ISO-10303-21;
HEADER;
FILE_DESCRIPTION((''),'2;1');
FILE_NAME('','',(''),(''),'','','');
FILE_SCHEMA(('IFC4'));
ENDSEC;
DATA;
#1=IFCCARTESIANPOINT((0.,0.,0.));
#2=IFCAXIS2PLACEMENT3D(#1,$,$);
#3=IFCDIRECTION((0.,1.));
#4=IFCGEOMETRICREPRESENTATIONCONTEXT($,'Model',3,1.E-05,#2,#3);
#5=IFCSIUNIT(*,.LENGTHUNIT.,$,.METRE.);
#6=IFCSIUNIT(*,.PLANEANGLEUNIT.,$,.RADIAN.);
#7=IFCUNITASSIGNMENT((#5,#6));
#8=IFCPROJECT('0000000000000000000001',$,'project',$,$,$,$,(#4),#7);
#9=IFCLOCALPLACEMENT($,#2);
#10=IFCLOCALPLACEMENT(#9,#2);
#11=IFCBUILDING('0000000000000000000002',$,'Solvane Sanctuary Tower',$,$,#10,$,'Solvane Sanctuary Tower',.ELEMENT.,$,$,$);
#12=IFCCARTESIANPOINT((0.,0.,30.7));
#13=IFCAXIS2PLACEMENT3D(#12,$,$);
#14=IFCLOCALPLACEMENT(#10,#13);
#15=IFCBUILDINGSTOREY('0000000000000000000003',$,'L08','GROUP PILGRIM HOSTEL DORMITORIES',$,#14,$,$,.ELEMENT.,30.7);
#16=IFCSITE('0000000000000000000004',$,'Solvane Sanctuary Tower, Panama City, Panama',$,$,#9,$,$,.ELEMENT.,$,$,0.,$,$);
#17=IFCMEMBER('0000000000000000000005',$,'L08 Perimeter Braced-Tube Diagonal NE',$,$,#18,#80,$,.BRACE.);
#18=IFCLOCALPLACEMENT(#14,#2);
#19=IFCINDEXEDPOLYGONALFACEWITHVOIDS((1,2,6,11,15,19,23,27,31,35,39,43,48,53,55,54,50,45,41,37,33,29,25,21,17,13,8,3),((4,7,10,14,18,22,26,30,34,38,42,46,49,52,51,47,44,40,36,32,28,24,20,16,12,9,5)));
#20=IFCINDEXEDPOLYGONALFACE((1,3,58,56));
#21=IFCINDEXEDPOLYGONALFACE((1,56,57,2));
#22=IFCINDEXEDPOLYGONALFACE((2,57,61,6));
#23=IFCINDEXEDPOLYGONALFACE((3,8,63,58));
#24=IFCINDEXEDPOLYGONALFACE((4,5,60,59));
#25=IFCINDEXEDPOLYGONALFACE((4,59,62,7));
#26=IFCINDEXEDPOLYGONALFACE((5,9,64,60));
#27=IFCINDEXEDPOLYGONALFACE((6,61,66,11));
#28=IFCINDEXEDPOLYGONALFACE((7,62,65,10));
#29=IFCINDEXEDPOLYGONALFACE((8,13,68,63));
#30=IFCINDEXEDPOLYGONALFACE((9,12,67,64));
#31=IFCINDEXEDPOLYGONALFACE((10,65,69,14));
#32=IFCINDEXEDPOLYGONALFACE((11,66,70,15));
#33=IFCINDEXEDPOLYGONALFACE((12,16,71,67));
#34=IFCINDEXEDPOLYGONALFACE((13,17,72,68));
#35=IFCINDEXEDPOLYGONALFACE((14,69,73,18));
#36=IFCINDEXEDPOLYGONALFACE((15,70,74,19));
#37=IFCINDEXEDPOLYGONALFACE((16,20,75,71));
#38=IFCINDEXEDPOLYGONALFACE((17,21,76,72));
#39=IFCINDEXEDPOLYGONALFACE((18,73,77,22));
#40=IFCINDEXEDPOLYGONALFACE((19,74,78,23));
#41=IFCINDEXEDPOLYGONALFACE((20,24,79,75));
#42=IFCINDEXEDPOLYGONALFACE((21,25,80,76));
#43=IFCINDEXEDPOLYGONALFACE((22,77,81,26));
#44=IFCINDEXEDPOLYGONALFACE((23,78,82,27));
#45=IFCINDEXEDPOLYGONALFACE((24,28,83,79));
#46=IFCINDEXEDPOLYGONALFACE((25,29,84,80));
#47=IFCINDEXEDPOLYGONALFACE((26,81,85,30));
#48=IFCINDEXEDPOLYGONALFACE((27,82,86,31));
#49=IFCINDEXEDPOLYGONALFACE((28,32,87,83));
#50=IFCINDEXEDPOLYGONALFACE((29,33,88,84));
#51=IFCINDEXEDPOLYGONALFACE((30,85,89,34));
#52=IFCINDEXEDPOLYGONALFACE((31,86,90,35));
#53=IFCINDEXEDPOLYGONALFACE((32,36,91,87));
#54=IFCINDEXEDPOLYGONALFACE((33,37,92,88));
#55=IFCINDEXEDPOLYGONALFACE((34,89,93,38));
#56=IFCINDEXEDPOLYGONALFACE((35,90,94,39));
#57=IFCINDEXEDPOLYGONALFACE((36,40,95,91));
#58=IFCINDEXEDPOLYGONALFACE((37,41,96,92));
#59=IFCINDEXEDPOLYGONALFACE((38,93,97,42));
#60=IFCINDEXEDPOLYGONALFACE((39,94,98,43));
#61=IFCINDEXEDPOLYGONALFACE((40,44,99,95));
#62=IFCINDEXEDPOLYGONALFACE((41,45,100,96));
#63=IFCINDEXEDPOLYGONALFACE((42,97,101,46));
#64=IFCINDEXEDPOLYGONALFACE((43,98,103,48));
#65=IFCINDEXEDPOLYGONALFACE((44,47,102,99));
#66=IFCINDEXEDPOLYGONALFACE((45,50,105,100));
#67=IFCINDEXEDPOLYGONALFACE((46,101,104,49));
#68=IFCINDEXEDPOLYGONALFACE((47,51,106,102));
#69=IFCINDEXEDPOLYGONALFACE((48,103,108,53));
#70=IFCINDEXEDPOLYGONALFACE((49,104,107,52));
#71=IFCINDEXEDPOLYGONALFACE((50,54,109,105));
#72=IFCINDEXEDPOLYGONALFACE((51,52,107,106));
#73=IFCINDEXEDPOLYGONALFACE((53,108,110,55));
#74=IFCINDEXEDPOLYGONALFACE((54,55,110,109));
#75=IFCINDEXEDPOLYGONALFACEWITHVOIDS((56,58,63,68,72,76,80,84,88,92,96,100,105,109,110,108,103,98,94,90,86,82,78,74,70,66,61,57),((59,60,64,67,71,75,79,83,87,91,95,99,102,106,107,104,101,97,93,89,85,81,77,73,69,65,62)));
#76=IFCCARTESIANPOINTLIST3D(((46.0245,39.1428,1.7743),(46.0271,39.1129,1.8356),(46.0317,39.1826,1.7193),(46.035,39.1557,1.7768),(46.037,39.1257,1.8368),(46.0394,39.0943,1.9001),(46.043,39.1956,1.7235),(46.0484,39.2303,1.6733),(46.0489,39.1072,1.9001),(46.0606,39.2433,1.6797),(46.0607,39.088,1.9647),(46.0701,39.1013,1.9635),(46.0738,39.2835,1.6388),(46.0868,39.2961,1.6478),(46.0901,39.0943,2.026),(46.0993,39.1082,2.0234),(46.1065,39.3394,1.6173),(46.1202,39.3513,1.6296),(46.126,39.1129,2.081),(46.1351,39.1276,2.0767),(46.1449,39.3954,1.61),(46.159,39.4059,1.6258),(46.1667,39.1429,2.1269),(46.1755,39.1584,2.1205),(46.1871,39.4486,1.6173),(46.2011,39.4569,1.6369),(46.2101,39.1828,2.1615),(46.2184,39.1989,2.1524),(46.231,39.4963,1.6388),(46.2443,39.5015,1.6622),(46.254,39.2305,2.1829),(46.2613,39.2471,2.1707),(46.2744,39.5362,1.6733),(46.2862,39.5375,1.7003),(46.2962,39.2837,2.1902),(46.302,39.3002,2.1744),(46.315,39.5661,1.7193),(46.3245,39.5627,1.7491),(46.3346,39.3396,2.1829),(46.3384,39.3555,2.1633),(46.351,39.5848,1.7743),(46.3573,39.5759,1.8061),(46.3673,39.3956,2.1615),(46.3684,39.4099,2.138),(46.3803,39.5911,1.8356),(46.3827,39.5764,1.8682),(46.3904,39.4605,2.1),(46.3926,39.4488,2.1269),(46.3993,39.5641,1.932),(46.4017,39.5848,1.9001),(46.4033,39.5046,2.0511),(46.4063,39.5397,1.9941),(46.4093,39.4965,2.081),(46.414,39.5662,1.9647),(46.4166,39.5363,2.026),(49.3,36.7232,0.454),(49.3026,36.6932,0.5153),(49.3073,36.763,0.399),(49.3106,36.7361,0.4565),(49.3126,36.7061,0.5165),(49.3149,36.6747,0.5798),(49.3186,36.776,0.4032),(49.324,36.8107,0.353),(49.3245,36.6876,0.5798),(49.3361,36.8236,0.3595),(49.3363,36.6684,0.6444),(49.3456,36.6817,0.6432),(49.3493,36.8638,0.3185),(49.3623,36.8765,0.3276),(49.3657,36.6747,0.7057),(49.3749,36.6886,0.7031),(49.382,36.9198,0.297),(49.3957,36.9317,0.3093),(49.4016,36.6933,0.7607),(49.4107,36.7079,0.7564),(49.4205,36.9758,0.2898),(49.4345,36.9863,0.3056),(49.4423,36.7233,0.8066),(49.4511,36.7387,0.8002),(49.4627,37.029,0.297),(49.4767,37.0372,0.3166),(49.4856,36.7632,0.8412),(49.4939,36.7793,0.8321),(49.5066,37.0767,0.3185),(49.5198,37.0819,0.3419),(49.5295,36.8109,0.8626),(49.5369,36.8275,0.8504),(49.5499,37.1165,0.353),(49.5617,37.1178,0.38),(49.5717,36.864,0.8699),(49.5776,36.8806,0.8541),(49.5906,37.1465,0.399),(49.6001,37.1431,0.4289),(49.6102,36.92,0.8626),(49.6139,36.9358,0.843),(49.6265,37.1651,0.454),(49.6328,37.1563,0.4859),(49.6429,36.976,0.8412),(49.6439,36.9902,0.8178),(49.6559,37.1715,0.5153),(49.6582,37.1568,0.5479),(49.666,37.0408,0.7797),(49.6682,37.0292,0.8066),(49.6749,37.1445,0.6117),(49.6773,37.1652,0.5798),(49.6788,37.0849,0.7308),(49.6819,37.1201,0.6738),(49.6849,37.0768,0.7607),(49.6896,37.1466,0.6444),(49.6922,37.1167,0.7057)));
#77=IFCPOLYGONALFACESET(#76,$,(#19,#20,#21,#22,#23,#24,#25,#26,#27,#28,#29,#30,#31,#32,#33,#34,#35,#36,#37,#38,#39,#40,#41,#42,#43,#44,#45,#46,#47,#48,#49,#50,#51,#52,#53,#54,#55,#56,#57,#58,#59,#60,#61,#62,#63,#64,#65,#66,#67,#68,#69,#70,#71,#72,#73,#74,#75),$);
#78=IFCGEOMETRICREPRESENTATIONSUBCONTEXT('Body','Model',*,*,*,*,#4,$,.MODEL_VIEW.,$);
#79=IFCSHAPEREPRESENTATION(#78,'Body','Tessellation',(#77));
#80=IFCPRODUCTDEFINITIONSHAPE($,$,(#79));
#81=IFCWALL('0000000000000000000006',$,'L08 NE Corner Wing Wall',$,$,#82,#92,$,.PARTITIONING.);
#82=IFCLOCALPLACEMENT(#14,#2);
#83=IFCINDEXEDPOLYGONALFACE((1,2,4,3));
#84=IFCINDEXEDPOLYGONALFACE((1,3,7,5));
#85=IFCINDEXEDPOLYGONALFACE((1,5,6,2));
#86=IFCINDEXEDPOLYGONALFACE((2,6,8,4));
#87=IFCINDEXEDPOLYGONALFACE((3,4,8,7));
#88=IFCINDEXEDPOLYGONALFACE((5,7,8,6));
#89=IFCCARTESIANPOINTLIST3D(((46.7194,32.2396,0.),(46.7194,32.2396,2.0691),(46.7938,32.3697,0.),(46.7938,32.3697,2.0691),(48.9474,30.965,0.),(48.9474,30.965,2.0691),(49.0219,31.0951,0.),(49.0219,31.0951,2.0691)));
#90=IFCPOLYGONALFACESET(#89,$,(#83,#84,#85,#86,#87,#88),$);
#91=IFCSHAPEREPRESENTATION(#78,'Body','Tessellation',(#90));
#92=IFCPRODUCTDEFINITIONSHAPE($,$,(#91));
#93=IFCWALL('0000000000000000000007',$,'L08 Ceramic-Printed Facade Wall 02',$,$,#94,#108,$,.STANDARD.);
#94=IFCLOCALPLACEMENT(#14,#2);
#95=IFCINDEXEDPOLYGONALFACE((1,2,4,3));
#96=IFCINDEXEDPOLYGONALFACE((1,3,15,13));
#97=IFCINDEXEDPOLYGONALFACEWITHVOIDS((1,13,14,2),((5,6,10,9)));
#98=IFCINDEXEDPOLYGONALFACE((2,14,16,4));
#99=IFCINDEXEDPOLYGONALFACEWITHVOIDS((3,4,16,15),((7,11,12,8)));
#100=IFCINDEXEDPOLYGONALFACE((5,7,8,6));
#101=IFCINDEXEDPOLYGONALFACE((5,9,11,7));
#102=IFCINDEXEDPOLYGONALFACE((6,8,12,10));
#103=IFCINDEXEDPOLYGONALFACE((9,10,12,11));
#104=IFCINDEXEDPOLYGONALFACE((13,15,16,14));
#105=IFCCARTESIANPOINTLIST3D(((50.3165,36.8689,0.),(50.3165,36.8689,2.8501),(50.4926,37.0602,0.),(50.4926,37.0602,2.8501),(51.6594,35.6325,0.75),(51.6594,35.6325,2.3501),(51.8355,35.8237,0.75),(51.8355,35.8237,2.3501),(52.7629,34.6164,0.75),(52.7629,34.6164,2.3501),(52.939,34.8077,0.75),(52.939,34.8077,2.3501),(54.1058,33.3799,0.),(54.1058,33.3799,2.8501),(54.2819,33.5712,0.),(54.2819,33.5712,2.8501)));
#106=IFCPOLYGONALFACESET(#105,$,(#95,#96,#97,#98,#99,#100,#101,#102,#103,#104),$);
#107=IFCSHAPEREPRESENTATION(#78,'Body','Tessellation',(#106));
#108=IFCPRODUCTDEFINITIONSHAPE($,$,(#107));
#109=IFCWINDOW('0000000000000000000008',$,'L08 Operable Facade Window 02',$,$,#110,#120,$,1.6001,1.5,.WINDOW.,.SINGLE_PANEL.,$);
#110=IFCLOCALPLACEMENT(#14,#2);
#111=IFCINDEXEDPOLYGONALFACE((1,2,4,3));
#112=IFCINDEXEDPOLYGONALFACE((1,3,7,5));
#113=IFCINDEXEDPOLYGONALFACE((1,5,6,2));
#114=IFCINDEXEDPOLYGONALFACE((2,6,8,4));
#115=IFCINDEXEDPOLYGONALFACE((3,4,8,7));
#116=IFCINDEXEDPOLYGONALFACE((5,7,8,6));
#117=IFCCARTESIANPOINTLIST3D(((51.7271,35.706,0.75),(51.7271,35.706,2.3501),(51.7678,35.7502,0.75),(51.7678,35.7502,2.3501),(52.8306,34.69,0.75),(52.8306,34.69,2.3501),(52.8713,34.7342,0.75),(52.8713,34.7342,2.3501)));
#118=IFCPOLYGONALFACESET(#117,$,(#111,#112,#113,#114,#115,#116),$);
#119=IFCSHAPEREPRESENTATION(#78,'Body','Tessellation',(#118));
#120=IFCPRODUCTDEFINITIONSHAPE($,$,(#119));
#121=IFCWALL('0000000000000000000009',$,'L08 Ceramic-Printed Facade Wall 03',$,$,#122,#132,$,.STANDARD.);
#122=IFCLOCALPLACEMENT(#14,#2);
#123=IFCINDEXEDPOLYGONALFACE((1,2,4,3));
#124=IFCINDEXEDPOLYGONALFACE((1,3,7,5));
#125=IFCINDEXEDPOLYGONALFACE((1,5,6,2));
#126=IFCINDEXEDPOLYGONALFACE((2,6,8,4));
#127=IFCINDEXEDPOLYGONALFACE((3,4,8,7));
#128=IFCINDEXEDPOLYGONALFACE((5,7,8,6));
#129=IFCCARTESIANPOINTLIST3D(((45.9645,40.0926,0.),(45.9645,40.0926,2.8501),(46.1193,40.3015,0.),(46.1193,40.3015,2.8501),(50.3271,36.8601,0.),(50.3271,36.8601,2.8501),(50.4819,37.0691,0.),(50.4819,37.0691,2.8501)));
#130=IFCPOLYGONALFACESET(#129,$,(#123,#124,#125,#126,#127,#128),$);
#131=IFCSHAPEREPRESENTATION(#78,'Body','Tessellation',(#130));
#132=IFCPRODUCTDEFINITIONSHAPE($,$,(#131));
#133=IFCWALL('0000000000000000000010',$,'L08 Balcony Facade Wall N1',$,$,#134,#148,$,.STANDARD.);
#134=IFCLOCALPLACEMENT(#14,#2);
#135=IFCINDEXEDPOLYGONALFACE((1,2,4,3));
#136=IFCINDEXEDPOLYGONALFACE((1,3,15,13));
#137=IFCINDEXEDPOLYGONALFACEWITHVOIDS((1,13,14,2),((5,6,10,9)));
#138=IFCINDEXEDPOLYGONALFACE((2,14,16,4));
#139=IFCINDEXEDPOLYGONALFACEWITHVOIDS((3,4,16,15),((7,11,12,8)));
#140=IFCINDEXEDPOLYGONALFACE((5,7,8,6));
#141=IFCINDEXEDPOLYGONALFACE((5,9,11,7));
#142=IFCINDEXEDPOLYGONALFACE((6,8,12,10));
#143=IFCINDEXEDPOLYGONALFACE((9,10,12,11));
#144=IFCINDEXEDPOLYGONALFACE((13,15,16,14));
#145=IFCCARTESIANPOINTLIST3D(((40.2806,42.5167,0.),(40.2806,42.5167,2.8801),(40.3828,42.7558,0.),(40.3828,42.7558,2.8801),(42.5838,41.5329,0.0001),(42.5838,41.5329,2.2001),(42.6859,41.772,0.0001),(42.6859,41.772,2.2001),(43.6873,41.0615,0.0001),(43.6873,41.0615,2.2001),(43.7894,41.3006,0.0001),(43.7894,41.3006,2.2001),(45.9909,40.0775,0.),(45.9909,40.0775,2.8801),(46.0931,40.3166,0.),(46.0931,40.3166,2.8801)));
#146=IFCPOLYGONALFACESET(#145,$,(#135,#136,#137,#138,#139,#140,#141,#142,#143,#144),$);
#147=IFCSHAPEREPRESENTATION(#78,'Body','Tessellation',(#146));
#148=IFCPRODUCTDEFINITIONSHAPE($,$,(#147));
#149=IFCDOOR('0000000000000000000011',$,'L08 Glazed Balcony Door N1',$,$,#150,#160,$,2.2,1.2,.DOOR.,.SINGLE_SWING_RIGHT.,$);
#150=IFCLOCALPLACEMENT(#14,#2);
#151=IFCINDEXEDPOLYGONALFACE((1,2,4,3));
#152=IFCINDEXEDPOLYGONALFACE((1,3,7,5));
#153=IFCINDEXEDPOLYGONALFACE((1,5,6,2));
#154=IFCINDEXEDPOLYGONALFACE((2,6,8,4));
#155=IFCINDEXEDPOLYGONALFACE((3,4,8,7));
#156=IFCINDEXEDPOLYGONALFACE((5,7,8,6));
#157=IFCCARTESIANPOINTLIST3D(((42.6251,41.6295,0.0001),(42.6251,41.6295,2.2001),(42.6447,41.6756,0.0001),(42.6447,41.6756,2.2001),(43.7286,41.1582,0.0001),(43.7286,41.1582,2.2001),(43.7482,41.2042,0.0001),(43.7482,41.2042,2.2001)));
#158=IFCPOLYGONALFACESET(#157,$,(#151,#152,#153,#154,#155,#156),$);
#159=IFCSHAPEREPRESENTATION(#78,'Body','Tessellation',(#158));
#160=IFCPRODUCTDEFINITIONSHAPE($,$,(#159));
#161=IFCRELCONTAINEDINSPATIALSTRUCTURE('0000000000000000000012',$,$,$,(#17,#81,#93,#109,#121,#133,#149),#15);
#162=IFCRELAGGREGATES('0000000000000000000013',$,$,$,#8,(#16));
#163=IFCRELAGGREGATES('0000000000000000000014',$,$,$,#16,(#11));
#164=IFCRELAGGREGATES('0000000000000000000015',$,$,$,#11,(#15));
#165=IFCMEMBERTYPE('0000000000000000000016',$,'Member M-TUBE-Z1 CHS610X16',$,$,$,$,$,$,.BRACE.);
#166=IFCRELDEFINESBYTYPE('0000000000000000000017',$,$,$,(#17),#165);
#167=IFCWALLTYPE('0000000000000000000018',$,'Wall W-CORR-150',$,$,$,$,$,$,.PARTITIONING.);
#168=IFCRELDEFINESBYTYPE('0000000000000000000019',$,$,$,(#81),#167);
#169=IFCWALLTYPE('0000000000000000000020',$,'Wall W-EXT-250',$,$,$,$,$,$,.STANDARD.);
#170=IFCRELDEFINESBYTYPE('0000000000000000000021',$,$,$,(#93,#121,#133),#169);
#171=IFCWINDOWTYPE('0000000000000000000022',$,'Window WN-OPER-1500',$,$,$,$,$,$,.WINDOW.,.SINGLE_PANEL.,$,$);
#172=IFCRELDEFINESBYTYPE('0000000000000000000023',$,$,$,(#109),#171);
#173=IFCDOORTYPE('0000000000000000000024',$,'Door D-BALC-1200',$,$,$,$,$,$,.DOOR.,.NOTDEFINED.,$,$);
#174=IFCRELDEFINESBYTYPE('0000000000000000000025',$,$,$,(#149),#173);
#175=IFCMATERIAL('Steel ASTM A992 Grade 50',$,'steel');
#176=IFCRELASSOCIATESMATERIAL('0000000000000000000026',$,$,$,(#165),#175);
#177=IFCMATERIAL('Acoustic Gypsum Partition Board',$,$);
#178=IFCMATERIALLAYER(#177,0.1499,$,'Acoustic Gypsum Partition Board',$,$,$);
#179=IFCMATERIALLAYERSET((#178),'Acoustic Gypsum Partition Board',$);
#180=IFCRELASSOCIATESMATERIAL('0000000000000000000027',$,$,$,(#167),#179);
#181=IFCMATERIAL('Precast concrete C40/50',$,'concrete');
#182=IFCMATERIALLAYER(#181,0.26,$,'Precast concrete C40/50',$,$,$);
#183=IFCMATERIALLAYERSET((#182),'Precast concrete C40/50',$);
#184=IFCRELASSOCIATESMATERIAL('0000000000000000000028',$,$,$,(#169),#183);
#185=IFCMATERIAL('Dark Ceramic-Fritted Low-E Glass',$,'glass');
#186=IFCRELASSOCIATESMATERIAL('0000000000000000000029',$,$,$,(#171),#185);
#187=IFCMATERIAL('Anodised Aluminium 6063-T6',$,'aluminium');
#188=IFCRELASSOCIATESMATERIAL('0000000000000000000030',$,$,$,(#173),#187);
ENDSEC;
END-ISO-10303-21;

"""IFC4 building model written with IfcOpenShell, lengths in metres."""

from ifc_helpers import new_model, si_unit, direction, frame, frame_2d, origin, origin_2d, place, context, subcontext, project, spatial, rectangle, hollow_circle, extrude, material, layer, layer_set, material_profile, profile_set, type_object, element, fill, save


model = new_model("IFC4")

# Units and contexts
model_context = context("Model", 3, precision=1e-05, world=origin(), true_north=direction((0.0, 1.0)))
body_context = subcontext(model_context, "Body", "Model", "MODEL_VIEW")
ifc_project = project(units=[si_unit("LENGTHUNIT", "METRE"), si_unit("PLANEANGLEUNIT", "RADIAN")], contexts=[model_context])

# Site, building, storey
site_placement = place(None, origin())
site = spatial("IfcSite", under=ifc_project, at=site_placement, Name="Solvane Sanctuary Tower, Panama City, Panama", CompositionType="ELEMENT", RefElevation=0.0)
building_placement = place(site_placement, origin())
building = spatial("IfcBuilding", under=site, at=building_placement, Name="Solvane Sanctuary Tower", LongName="Solvane Sanctuary Tower", CompositionType="ELEMENT")
storey_placement = place(building_placement, frame((0.0, 0.0, 30.7)))
storey = spatial("IfcBuildingStorey", under=building, at=storey_placement, Name="L08", Description="GROUP PILGRIM HOSTEL DORMITORIES", CompositionType="ELEMENT", Elevation=30.7)

# Shared definitions
ifc_material_1 = material(Name="Steel ASTM A992 Grade 50", Category="steel")

# Member
ifc_material_profile_1 = material_profile(ifc_material_1, hollow_circle(Radius=0.3049, WallThickness=0.0161, at=origin_2d()), Name="CHS610X16")
ifc_profile_set_1 = profile_set([ifc_material_profile_1], Name="Steel ASTM A992 Grade 50")
member_type = type_object("IfcMemberType", Name="Member M-TUBE-Z1 CHS610X16", PredefinedType="BRACE", material=ifc_profile_set_1)
member_placement = place(storey_placement, frame((49.4961, 36.9199, 0.5798), z_axis=(-0.765138, 0.5652, 0.308405), x_axis=(-0.594162, -0.804346, 0.0)))
element("IfcMember", 1, at=member_placement, inside=storey, type_object=member_type, Name="L08 Perimeter Braced-Tube Diagonal NE", PredefinedType="BRACE", context=body_context, shape_type="SweptSolid", body=[
    extrude(hollow_circle(Radius=0.3049, WallThickness=0.0161, at=origin_2d()), origin(), (0.0, 0.0, 1.0), 4.281),
])

# Wall
ifc_material_2 = material(Name="Acoustic Gypsum Partition Board")
ifc_layer_1 = layer(ifc_material_2, 0.1499, Name="Acoustic Gypsum Partition Board")
ifc_layer_set_1 = layer_set([ifc_layer_1], Name="Acoustic Gypsum Partition Board")
wall_type_1 = type_object("IfcWallType", Name="Wall W-CORR-150", PredefinedType="PARTITIONING", material=ifc_layer_set_1)
wall_1_placement = place(storey_placement, frame((46.7566, 32.3047, 0.0), z_axis=(0.0, 0.0, 1.0), x_axis=(0.867991, -0.496579, 0.0)))
element("IfcWall", 2, at=wall_1_placement, inside=storey, type_object=wall_type_1, Name="L08 NE Corner Wing Wall", PredefinedType="PARTITIONING", context=body_context, shape_type="SweptSolid", body=[
    extrude(rectangle(XDim=2.5669, YDim=0.1499, at=frame_2d((1.2834, 0.0))), origin(), (0.0, 0.0, 1.0), 2.0691),
])

# Wall, opening, window
ifc_material_3 = material(Name="Precast concrete C40/50", Category="concrete")
ifc_layer_2 = layer(ifc_material_3, 0.26, Name="Precast concrete C40/50")
ifc_layer_set_2 = layer_set([ifc_layer_2], Name="Precast concrete C40/50")
wall_type_2 = type_object("IfcWallType", Name="Wall W-EXT-250", PredefinedType="STANDARD", material=ifc_layer_set_2)
wall_2_placement = place(storey_placement, frame((54.1938, 33.4756, 0.0), z_axis=(0.0, 0.0, 1.0), x_axis=(-0.735655, 0.677356, 0.0)))
wall_2 = element("IfcWall", 3, at=wall_2_placement, inside=storey, type_object=wall_type_2, Name="L08 Ceramic-Printed Facade Wall 02", PredefinedType="STANDARD", context=body_context, shape_type="SweptSolid", body=[
    extrude(rectangle(XDim=5.1509, YDim=0.26, at=frame_2d((2.5754, 0.0))), origin(), (0.0, 0.0, 1.0), 2.8501),
])
opening_1_placement = place(wall_2_placement, frame((1.8254, 0.0, 0.75)))
opening_1 = element("IfcOpeningElement", 4, at=opening_1_placement, cuts=wall_2, PredefinedType="OPENING", context=body_context, shape_type="SweptSolid", body=[
    extrude(rectangle(XDim=1.5, YDim=1.6001, at=frame_2d((0.75, 0.8))), frame((0.0, 0.1399, 0.0), z_axis=(0.0, -1.0, 0.0), x_axis=(1.0, 0.0, 0.0)), (0.0, 0.0, 1.0), 0.28),
])
ifc_material_4 = material(Name="Dark Ceramic-Fritted Low-E Glass", Category="glass")
window_type = type_object("IfcWindowType", Name="Window WN-OPER-1500", PartitioningType="SINGLE_PANEL", PredefinedType="WINDOW", material=ifc_material_4)
window_1_placement = place(opening_1_placement, origin())
window_1 = element("IfcWindow", 5, at=window_1_placement, inside=storey, type_object=window_type, Name="L08 Operable Facade Window 02", OverallHeight=1.6001, OverallWidth=1.5, PartitioningType="SINGLE_PANEL", PredefinedType="WINDOW", context=body_context, shape_type="SweptSolid", body=[
    extrude(rectangle(XDim=1.5, YDim=1.6001, at=frame_2d((0.75, 0.8))), frame((0.0, 0.03, 0.0), z_axis=(0.0, -1.0, 0.0), x_axis=(1.0, 0.0, 0.0)), (0.0, 0.0, 1.0), 0.0601),
])
fill(opening_1, window_1)

# Wall
wall_3_placement = place(storey_placement, frame((50.4045, 36.9646, 0.0), z_axis=(0.0, 0.0, 1.0), x_axis=(-0.803478, 0.595335, 0.0)))
element("IfcWall", 6, at=wall_3_placement, inside=storey, type_object=wall_type_2, Name="L08 Ceramic-Printed Facade Wall 03", PredefinedType="STANDARD", context=body_context, shape_type="SweptSolid", body=[
    extrude(rectangle(XDim=5.4297, YDim=0.26, at=frame_2d((2.7148, 0.0))), origin(), (0.0, 0.0, 1.0), 2.8501),
])

# Wall, opening, door
wall_4_placement = place(storey_placement, frame((46.042, 40.197, 0.0), z_axis=(0.0, 0.0, 1.0), x_axis=(-0.919612, 0.392828, 0.0)))
wall_4 = element("IfcWall", 7, at=wall_4_placement, inside=storey, type_object=wall_type_2, Name="L08 Balcony Facade Wall N1", PredefinedType="STANDARD", context=body_context, shape_type="SweptSolid", body=[
    extrude(rectangle(XDim=6.2095, YDim=0.26, at=frame_2d((3.1047, 0.0))), origin(), (0.0, 0.0, 1.0), 2.8801),
])
opening_2_placement = place(wall_4_placement, frame((2.5049, 0.0, 0.0)))
opening_2 = element("IfcOpeningElement", 8, at=opening_2_placement, cuts=wall_4, PredefinedType="OPENING", context=body_context, shape_type="SweptSolid", body=[
    extrude(rectangle(XDim=1.2, YDim=2.2, at=frame_2d((0.6001, 1.1001))), frame((0.0, 0.1399, 0.0), z_axis=(0.0, -1.0, 0.0), x_axis=(1.0, 0.0, 0.0)), (0.0, 0.0, 1.0), 0.28),
])
ifc_material_5 = material(Name="Anodised Aluminium 6063-T6", Category="aluminium")
door_type_1 = type_object("IfcDoorType", Name="Door D-BALC-1200", OperationType="NOTDEFINED", PredefinedType="DOOR", material=ifc_material_5)
door_1_placement = place(opening_2_placement, origin())
door_1 = element("IfcDoor", 9, at=door_1_placement, inside=storey, type_object=door_type_1, Name="L08 Glazed Balcony Door N1", OperationType="SINGLE_SWING_RIGHT", OverallHeight=2.2, OverallWidth=1.2, PredefinedType="DOOR", context=body_context, shape_type="SweptSolid", body=[
    extrude(rectangle(XDim=1.2, YDim=2.2, at=frame_2d((0.6001, 1.1001))), frame((0.0, 0.0249, 0.0), z_axis=(0.0, -1.0, 0.0), x_axis=(1.0, 0.0, 0.0)), (0.0, 0.0, 1.0), 0.05),
])
fill(opening_2, door_1)

save(model, "model.ifc")
